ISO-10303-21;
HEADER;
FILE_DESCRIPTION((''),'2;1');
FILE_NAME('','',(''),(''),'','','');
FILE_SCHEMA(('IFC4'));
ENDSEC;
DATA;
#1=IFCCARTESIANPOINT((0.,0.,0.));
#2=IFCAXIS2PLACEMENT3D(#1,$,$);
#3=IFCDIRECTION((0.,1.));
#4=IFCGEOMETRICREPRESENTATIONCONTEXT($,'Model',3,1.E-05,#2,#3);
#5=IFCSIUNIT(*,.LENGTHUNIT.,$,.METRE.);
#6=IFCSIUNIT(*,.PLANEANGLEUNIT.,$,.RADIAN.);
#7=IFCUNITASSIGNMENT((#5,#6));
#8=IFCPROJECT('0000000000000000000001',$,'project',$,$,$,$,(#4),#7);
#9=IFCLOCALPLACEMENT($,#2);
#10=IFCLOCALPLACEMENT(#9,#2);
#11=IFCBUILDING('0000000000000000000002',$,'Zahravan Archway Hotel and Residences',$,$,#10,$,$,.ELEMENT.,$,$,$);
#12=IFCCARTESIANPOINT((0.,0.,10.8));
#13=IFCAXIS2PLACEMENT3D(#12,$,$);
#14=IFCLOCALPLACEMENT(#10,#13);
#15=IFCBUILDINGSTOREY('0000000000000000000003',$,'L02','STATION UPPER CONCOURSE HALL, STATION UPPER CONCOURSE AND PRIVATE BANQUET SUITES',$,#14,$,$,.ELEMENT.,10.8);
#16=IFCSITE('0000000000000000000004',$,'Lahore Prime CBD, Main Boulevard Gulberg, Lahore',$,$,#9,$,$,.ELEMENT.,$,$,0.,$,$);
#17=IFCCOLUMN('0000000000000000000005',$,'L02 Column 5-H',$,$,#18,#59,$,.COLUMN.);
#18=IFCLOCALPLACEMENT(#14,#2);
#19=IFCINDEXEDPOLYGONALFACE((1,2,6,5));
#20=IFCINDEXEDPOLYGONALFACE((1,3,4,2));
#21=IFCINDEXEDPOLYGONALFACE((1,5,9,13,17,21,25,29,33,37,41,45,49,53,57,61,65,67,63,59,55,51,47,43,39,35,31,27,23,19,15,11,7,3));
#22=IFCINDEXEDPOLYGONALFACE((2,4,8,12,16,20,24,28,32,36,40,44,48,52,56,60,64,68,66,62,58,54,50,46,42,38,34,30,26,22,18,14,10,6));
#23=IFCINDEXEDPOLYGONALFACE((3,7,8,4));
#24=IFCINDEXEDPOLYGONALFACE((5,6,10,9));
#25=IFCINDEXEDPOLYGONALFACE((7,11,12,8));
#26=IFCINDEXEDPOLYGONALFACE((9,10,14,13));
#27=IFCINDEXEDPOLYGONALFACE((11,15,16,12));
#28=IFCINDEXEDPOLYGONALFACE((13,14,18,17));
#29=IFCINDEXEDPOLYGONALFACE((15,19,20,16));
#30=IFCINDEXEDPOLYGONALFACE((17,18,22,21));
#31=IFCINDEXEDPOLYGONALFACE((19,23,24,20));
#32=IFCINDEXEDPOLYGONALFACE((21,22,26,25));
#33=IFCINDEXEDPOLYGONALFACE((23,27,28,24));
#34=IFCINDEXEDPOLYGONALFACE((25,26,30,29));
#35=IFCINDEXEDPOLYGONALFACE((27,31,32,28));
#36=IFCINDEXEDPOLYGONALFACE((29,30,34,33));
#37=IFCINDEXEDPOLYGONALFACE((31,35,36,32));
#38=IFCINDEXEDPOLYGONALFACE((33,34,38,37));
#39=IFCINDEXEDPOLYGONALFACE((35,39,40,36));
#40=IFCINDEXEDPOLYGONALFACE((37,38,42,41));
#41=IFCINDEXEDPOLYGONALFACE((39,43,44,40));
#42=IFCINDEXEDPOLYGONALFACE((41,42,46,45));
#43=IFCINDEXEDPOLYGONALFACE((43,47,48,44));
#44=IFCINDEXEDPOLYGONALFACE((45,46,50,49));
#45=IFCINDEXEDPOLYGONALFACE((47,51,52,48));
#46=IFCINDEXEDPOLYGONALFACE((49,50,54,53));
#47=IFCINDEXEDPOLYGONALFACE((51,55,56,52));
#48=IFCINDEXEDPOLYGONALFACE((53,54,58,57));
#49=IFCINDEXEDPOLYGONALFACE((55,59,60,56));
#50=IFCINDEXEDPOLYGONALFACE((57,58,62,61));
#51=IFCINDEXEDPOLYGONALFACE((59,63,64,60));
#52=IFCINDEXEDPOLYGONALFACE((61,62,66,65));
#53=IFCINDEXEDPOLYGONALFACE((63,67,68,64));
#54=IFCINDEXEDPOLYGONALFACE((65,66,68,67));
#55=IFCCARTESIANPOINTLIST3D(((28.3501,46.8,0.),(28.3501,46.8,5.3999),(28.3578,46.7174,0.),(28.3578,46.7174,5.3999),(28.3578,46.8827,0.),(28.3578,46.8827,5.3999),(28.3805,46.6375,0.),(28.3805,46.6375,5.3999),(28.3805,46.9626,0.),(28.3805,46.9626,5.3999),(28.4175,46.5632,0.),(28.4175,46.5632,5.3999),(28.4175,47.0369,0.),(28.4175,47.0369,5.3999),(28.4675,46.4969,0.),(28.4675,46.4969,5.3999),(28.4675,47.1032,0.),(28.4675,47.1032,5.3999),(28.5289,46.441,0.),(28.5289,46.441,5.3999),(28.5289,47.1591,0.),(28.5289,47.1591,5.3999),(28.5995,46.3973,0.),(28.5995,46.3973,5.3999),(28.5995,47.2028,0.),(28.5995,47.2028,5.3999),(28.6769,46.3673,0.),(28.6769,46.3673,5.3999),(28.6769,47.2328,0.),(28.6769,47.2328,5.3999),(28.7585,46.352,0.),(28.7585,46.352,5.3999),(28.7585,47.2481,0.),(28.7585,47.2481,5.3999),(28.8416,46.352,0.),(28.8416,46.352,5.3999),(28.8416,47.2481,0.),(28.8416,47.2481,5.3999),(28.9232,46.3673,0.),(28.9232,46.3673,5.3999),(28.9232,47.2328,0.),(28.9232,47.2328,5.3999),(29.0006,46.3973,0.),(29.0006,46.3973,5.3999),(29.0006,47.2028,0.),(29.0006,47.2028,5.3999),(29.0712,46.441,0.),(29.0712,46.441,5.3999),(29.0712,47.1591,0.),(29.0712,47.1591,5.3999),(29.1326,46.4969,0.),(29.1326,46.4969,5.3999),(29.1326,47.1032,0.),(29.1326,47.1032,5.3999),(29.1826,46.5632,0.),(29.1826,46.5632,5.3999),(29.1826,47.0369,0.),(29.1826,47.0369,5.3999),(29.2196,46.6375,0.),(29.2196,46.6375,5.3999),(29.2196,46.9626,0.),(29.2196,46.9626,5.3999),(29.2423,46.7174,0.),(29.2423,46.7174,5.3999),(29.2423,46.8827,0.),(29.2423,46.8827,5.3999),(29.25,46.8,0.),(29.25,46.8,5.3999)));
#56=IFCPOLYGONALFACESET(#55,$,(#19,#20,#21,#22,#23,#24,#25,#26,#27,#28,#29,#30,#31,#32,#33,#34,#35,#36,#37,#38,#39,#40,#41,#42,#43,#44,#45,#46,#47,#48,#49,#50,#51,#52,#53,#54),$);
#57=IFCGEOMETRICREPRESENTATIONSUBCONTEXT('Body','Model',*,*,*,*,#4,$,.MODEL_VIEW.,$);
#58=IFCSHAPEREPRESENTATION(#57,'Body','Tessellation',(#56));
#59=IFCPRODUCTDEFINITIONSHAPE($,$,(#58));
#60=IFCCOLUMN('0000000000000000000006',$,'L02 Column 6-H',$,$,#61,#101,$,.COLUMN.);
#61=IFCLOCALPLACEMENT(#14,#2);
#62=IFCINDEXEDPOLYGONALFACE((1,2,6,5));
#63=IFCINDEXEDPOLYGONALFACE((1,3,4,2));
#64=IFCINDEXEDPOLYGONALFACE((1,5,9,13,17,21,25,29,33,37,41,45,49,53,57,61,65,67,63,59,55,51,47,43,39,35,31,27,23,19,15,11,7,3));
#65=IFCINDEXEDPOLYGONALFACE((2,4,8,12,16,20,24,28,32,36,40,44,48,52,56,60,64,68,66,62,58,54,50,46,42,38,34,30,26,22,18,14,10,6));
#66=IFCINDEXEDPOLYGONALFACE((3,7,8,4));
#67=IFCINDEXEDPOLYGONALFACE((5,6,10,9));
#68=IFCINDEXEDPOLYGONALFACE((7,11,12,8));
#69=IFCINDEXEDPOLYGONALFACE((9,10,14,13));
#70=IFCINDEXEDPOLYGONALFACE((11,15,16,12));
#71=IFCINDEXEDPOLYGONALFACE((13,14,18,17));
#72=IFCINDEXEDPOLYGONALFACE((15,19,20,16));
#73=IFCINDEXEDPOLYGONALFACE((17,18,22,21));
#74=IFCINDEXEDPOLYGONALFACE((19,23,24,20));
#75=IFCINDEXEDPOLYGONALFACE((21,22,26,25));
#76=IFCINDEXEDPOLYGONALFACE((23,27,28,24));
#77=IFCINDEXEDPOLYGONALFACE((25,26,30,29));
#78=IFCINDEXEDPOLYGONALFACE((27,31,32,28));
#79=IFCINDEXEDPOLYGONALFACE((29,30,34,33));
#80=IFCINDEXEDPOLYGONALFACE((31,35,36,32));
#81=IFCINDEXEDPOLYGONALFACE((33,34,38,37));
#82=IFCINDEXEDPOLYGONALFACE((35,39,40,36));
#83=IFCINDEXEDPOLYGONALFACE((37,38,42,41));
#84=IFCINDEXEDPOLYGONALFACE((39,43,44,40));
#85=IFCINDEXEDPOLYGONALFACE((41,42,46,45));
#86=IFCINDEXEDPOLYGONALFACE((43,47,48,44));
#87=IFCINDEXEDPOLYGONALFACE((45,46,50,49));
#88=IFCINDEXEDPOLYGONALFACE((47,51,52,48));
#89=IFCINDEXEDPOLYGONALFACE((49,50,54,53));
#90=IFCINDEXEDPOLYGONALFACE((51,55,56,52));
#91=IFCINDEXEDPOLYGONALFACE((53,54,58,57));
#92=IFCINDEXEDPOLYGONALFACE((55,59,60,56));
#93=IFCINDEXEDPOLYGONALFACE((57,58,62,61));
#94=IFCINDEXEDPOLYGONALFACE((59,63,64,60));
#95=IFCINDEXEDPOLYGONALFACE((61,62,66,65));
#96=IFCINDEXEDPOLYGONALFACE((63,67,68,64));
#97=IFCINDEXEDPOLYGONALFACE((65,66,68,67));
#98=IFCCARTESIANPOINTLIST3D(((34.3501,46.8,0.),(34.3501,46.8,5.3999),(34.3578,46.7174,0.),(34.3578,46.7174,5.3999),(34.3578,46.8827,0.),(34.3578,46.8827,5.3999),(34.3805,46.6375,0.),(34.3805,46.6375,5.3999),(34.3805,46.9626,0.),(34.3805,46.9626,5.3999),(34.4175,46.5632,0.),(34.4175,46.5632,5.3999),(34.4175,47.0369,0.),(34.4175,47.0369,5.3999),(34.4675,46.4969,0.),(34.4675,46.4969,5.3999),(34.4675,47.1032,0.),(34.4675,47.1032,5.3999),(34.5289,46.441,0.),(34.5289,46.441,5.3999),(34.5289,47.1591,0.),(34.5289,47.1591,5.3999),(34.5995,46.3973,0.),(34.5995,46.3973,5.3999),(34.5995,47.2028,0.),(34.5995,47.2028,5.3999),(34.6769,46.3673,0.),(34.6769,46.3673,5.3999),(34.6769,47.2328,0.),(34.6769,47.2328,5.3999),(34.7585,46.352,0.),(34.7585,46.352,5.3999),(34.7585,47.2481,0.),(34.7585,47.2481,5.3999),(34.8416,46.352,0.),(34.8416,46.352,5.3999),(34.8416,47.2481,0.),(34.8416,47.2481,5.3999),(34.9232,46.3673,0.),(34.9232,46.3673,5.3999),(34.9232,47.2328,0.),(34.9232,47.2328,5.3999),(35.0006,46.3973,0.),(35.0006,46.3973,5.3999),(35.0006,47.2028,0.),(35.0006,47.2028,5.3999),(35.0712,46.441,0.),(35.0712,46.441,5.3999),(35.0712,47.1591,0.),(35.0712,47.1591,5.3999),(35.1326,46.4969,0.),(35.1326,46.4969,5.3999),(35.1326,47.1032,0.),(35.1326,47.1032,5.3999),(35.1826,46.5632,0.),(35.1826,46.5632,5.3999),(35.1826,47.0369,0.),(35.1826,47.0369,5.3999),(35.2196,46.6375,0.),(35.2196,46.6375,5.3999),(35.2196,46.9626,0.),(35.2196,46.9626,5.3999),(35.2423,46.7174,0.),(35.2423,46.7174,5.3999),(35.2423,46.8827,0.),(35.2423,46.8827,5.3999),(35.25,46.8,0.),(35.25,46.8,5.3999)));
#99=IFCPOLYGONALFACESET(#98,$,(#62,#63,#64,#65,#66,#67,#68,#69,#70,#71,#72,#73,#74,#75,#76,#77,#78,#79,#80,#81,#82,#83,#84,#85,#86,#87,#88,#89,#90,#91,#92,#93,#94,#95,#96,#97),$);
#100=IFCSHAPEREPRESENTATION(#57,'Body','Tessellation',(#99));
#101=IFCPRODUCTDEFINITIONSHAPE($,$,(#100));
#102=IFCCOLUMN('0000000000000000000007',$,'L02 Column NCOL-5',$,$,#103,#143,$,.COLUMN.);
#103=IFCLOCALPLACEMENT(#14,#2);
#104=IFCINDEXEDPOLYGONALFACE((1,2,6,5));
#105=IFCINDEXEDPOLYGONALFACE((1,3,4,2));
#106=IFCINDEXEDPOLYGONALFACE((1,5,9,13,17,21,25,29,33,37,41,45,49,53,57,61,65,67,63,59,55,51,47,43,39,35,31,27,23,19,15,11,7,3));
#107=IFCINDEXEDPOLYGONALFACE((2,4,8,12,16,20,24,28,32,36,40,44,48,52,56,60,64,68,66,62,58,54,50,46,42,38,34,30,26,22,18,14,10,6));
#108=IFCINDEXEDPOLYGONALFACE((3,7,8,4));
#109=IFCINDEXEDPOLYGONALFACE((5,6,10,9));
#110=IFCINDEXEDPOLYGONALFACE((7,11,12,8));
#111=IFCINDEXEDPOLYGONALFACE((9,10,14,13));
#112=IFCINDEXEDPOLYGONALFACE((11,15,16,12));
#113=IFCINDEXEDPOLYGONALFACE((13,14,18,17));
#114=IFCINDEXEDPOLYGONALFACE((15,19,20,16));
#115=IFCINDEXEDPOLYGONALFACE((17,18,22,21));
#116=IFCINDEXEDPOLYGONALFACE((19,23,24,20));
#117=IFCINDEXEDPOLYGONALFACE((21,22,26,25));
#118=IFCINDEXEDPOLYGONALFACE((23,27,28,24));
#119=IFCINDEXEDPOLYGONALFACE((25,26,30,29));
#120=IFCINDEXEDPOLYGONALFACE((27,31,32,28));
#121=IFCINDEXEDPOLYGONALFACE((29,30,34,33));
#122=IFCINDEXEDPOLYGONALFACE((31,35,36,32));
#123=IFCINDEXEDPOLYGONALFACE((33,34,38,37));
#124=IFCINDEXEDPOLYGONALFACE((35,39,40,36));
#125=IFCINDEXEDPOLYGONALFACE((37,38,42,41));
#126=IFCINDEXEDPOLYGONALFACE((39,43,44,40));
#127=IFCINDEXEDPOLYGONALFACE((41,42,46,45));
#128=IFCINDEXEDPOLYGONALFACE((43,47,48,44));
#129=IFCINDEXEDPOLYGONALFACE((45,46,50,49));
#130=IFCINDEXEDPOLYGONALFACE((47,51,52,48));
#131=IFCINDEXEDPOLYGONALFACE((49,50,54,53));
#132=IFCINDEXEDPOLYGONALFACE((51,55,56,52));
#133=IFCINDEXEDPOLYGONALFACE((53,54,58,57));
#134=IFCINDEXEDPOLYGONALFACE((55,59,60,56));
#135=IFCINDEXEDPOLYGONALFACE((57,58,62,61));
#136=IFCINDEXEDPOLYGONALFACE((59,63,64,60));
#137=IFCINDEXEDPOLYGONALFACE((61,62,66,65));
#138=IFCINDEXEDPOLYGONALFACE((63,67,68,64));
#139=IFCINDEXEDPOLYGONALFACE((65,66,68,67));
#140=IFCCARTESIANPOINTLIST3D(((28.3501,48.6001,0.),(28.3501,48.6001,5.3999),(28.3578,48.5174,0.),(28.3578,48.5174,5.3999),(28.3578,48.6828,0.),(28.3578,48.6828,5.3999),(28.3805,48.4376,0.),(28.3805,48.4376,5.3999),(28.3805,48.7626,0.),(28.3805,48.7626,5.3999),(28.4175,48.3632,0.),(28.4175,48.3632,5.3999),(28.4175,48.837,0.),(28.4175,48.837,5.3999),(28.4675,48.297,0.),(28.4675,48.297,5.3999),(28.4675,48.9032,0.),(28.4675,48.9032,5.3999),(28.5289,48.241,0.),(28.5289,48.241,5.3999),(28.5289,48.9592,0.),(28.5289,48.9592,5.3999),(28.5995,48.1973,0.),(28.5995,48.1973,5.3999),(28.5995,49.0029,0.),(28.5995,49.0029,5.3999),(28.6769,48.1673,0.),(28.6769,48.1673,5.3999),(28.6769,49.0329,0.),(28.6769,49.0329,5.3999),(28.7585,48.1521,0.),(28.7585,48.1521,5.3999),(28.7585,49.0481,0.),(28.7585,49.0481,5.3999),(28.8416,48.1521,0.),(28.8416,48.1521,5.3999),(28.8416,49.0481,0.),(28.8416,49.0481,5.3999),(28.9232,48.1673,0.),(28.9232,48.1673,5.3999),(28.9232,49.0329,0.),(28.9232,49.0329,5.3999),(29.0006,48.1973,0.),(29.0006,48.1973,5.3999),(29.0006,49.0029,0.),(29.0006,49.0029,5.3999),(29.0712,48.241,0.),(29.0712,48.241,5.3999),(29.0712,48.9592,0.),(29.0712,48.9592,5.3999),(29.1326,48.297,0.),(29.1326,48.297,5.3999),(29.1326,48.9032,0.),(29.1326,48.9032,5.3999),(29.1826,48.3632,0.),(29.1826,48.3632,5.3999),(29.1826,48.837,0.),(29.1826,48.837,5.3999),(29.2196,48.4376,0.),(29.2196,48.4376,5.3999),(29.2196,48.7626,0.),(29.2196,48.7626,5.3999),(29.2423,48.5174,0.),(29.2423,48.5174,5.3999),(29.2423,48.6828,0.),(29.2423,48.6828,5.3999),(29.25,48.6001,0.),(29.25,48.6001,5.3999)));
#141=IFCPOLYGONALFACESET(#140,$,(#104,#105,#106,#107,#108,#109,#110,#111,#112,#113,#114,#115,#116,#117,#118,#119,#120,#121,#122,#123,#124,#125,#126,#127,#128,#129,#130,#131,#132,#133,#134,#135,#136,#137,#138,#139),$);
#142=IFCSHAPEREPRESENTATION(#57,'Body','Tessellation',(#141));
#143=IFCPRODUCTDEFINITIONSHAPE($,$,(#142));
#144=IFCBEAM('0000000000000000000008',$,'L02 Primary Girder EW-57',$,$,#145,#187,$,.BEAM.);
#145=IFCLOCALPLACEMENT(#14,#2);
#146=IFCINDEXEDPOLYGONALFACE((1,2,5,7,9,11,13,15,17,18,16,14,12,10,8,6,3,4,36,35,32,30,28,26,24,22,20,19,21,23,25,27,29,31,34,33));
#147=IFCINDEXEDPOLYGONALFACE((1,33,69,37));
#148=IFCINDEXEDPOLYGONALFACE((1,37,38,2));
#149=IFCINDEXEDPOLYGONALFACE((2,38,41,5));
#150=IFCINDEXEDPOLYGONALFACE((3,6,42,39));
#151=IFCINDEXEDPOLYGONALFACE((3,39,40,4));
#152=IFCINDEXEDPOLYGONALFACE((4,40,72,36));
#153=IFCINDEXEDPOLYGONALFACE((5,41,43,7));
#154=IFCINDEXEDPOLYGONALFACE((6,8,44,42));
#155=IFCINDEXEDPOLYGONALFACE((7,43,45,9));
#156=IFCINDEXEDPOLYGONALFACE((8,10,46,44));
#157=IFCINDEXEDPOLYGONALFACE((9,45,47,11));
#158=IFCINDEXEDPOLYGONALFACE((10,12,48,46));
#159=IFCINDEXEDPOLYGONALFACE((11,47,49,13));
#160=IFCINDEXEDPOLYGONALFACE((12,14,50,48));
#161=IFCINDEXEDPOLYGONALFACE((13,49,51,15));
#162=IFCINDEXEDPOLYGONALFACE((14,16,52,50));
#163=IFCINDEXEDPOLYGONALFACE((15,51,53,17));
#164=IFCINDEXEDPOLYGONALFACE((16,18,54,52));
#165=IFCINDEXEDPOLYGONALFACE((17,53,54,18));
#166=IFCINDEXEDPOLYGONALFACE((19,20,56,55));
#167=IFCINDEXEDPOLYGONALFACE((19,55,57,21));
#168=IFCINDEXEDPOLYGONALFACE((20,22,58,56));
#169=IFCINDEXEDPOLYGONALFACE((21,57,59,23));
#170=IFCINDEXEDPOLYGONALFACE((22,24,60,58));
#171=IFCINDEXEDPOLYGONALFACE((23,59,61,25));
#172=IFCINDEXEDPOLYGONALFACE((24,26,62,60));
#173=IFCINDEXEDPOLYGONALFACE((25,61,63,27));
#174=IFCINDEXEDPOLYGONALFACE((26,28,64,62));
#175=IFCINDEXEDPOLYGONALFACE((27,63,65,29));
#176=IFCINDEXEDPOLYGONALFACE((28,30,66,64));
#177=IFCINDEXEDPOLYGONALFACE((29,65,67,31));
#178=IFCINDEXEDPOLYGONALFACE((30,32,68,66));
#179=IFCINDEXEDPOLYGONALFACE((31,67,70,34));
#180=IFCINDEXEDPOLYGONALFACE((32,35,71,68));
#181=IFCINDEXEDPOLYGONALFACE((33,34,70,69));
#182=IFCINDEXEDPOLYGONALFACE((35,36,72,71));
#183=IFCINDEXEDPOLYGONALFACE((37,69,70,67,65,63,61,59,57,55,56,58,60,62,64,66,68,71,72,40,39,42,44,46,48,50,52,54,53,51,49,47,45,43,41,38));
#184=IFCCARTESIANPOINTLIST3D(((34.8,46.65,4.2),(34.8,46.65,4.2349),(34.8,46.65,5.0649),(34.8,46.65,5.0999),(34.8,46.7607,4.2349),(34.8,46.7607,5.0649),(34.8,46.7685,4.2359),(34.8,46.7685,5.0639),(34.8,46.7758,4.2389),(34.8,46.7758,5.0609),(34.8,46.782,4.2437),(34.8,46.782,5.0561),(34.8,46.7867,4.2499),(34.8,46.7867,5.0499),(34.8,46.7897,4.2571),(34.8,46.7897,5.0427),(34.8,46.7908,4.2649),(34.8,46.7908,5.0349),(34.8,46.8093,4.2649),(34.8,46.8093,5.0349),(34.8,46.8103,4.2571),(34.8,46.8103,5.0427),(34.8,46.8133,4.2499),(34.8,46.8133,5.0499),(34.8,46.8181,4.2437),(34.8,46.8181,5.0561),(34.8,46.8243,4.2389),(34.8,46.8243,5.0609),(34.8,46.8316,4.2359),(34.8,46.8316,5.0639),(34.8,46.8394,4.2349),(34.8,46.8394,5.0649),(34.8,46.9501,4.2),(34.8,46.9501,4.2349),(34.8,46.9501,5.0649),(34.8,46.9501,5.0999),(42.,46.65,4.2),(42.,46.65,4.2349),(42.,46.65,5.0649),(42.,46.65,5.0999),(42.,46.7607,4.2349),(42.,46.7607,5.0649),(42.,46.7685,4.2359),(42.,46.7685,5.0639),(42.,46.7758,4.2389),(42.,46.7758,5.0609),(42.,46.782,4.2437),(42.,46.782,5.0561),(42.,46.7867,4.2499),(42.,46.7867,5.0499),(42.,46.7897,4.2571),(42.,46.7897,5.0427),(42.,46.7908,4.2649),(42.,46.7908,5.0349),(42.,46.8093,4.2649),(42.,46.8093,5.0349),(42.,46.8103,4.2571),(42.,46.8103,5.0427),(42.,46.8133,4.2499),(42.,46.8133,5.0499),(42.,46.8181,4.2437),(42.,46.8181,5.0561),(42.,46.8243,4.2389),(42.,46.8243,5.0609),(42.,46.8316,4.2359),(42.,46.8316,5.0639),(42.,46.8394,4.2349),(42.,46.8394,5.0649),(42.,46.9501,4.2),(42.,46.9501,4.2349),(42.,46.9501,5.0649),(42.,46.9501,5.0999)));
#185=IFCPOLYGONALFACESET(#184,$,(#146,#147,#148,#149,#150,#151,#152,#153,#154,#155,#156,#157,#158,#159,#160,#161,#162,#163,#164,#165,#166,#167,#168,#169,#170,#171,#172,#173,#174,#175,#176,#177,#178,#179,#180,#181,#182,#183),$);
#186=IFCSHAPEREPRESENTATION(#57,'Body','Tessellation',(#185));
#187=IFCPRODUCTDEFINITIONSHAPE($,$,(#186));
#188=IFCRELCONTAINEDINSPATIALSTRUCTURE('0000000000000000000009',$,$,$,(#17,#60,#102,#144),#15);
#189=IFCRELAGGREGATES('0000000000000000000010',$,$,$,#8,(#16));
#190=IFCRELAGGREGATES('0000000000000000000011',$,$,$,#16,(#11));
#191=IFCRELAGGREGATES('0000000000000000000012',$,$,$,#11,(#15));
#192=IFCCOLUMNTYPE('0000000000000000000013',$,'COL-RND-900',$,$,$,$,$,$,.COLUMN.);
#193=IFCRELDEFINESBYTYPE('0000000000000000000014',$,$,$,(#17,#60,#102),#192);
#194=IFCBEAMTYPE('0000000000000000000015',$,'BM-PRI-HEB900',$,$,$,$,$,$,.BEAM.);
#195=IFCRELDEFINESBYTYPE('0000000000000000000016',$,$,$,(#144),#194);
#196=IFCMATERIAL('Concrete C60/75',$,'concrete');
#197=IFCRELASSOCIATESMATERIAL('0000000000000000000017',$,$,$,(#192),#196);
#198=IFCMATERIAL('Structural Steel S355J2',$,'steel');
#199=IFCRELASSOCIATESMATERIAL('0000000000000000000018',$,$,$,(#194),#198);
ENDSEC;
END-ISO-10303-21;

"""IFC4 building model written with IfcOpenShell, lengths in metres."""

from ifc_helpers import new_model, si_unit, direction, frame, origin, origin_2d, place, context, subcontext, project, spatial, circle, i_section, extrude, source, transform, mapped, material, material_profile, profile_set, type_object, type_shapes, element, save


model = new_model("IFC4")

# Units and contexts
model_context = context("Model", 3, precision=1e-05, world=origin(), true_north=direction((0.0, 1.0)))
body_context = subcontext(model_context, "Body", "Model", "MODEL_VIEW")
ifc_project = project(units=[si_unit("LENGTHUNIT", "METRE"), si_unit("PLANEANGLEUNIT", "RADIAN")], contexts=[model_context])

# Site, building, storey
site_placement = place(None, origin())
site = spatial("IfcSite", under=ifc_project, at=site_placement, Name="Lahore Prime CBD, Main Boulevard Gulberg, Lahore", CompositionType="ELEMENT", RefElevation=0.0)
building_placement = place(site_placement, origin())
building = spatial("IfcBuilding", under=site, at=building_placement, Name="Zahravan Archway Hotel and Residences", CompositionType="ELEMENT")
storey_placement = place(building_placement, frame((0.0, 0.0, 10.8)))
storey = spatial("IfcBuildingStorey", under=building, at=storey_placement, Name="L02", Description="STATION UPPER CONCOURSE HALL, STATION UPPER CONCOURSE AND PRIVATE BANQUET SUITES", CompositionType="ELEMENT", Elevation=10.8)

# Columns
ifc_material_1 = material(Name="Concrete C60/75", Category="concrete")
ifc_material_profile_1 = material_profile(ifc_material_1, circle(Radius=0.45, at=origin_2d()), Name="RC-CIRC-900", Category="concrete")
ifc_profile_set_1 = profile_set([ifc_material_profile_1], Name="Concrete C60/75")
column_type = type_object("IfcColumnType", Name="COL-RND-900", PredefinedType="COLUMN", material=ifc_profile_set_1)
shared_shape_1 = source(origin(), body_context, "Body", "SweptSolid", [
    extrude(circle(Radius=0.45, at=origin_2d()), origin(), (0.0, 0.0, 1.0), 5.3999),
])
type_shapes(column_type, [shared_shape_1])
for number, where, z_axis, x_axis, name in (
    (1, (28.8, 46.8, 0.0), (0.0, 0.0, 1.0), (1.0, 0.0, 0.0), "L02 Column 5-H"),
    (2, (34.8, 46.8, 0.0), (0.0, 0.0, 1.0), (1.0, 0.0, 0.0), "L02 Column 6-H"),
    (3, (28.8, 48.6001, 0.0), (0.0, 0.0, 1.0), (1.0, 0.0, 0.0), "L02 Column NCOL-5"),
):
    element("IfcColumn", number, at=place(storey_placement, frame(where, z_axis=z_axis, x_axis=x_axis)), inside=storey, type_object=column_type, Name=name, PredefinedType="COLUMN", context=body_context, shape_type="MappedRepresentation", body=[
        mapped(shared_shape_1, transform((0.0, 0.0, 0.0), scale=1.0)),
    ])

# Beam
ifc_material_2 = material(Name="Structural Steel S355J2", Category="steel")
ifc_material_profile_2 = material_profile(ifc_material_2, i_section(OverallWidth=0.3, OverallDepth=0.8999, WebThickness=0.0186, FlangeThickness=0.0349, FilletRadius=0.03, at=origin_2d()), Name="HEB 900", Category="steel")
ifc_profile_set_2 = profile_set([ifc_material_profile_2], Name="Structural Steel S355J2")
beam_type_1 = type_object("IfcBeamType", Name="BM-PRI-HEB900", PredefinedType="BEAM", material=ifc_profile_set_2)
shared_shape_2 = source(origin(), body_context, "Body", "SweptSolid", [
    extrude(i_section(OverallWidth=0.3, OverallDepth=0.8999, WebThickness=0.0186, FlangeThickness=0.0349, FilletRadius=0.03, at=origin_2d()), origin(), (0.0, 0.0, 1.0), 7.2),
])
beam_1_placement = place(storey_placement, frame((34.8, 46.8, 4.6499), z_axis=(1.0, 0.0, 0.0), x_axis=(0.0, 1.0, 0.0)))
element("IfcBeam", 4, at=beam_1_placement, inside=storey, type_object=beam_type_1, Name="L02 Primary Girder EW-57", PredefinedType="BEAM", context=body_context, shape_type="MappedRepresentation", body=[
    mapped(shared_shape_2, transform((0.0, 0.0, 0.0), scale=1.0)),
])

save(model, "model.ifc")
